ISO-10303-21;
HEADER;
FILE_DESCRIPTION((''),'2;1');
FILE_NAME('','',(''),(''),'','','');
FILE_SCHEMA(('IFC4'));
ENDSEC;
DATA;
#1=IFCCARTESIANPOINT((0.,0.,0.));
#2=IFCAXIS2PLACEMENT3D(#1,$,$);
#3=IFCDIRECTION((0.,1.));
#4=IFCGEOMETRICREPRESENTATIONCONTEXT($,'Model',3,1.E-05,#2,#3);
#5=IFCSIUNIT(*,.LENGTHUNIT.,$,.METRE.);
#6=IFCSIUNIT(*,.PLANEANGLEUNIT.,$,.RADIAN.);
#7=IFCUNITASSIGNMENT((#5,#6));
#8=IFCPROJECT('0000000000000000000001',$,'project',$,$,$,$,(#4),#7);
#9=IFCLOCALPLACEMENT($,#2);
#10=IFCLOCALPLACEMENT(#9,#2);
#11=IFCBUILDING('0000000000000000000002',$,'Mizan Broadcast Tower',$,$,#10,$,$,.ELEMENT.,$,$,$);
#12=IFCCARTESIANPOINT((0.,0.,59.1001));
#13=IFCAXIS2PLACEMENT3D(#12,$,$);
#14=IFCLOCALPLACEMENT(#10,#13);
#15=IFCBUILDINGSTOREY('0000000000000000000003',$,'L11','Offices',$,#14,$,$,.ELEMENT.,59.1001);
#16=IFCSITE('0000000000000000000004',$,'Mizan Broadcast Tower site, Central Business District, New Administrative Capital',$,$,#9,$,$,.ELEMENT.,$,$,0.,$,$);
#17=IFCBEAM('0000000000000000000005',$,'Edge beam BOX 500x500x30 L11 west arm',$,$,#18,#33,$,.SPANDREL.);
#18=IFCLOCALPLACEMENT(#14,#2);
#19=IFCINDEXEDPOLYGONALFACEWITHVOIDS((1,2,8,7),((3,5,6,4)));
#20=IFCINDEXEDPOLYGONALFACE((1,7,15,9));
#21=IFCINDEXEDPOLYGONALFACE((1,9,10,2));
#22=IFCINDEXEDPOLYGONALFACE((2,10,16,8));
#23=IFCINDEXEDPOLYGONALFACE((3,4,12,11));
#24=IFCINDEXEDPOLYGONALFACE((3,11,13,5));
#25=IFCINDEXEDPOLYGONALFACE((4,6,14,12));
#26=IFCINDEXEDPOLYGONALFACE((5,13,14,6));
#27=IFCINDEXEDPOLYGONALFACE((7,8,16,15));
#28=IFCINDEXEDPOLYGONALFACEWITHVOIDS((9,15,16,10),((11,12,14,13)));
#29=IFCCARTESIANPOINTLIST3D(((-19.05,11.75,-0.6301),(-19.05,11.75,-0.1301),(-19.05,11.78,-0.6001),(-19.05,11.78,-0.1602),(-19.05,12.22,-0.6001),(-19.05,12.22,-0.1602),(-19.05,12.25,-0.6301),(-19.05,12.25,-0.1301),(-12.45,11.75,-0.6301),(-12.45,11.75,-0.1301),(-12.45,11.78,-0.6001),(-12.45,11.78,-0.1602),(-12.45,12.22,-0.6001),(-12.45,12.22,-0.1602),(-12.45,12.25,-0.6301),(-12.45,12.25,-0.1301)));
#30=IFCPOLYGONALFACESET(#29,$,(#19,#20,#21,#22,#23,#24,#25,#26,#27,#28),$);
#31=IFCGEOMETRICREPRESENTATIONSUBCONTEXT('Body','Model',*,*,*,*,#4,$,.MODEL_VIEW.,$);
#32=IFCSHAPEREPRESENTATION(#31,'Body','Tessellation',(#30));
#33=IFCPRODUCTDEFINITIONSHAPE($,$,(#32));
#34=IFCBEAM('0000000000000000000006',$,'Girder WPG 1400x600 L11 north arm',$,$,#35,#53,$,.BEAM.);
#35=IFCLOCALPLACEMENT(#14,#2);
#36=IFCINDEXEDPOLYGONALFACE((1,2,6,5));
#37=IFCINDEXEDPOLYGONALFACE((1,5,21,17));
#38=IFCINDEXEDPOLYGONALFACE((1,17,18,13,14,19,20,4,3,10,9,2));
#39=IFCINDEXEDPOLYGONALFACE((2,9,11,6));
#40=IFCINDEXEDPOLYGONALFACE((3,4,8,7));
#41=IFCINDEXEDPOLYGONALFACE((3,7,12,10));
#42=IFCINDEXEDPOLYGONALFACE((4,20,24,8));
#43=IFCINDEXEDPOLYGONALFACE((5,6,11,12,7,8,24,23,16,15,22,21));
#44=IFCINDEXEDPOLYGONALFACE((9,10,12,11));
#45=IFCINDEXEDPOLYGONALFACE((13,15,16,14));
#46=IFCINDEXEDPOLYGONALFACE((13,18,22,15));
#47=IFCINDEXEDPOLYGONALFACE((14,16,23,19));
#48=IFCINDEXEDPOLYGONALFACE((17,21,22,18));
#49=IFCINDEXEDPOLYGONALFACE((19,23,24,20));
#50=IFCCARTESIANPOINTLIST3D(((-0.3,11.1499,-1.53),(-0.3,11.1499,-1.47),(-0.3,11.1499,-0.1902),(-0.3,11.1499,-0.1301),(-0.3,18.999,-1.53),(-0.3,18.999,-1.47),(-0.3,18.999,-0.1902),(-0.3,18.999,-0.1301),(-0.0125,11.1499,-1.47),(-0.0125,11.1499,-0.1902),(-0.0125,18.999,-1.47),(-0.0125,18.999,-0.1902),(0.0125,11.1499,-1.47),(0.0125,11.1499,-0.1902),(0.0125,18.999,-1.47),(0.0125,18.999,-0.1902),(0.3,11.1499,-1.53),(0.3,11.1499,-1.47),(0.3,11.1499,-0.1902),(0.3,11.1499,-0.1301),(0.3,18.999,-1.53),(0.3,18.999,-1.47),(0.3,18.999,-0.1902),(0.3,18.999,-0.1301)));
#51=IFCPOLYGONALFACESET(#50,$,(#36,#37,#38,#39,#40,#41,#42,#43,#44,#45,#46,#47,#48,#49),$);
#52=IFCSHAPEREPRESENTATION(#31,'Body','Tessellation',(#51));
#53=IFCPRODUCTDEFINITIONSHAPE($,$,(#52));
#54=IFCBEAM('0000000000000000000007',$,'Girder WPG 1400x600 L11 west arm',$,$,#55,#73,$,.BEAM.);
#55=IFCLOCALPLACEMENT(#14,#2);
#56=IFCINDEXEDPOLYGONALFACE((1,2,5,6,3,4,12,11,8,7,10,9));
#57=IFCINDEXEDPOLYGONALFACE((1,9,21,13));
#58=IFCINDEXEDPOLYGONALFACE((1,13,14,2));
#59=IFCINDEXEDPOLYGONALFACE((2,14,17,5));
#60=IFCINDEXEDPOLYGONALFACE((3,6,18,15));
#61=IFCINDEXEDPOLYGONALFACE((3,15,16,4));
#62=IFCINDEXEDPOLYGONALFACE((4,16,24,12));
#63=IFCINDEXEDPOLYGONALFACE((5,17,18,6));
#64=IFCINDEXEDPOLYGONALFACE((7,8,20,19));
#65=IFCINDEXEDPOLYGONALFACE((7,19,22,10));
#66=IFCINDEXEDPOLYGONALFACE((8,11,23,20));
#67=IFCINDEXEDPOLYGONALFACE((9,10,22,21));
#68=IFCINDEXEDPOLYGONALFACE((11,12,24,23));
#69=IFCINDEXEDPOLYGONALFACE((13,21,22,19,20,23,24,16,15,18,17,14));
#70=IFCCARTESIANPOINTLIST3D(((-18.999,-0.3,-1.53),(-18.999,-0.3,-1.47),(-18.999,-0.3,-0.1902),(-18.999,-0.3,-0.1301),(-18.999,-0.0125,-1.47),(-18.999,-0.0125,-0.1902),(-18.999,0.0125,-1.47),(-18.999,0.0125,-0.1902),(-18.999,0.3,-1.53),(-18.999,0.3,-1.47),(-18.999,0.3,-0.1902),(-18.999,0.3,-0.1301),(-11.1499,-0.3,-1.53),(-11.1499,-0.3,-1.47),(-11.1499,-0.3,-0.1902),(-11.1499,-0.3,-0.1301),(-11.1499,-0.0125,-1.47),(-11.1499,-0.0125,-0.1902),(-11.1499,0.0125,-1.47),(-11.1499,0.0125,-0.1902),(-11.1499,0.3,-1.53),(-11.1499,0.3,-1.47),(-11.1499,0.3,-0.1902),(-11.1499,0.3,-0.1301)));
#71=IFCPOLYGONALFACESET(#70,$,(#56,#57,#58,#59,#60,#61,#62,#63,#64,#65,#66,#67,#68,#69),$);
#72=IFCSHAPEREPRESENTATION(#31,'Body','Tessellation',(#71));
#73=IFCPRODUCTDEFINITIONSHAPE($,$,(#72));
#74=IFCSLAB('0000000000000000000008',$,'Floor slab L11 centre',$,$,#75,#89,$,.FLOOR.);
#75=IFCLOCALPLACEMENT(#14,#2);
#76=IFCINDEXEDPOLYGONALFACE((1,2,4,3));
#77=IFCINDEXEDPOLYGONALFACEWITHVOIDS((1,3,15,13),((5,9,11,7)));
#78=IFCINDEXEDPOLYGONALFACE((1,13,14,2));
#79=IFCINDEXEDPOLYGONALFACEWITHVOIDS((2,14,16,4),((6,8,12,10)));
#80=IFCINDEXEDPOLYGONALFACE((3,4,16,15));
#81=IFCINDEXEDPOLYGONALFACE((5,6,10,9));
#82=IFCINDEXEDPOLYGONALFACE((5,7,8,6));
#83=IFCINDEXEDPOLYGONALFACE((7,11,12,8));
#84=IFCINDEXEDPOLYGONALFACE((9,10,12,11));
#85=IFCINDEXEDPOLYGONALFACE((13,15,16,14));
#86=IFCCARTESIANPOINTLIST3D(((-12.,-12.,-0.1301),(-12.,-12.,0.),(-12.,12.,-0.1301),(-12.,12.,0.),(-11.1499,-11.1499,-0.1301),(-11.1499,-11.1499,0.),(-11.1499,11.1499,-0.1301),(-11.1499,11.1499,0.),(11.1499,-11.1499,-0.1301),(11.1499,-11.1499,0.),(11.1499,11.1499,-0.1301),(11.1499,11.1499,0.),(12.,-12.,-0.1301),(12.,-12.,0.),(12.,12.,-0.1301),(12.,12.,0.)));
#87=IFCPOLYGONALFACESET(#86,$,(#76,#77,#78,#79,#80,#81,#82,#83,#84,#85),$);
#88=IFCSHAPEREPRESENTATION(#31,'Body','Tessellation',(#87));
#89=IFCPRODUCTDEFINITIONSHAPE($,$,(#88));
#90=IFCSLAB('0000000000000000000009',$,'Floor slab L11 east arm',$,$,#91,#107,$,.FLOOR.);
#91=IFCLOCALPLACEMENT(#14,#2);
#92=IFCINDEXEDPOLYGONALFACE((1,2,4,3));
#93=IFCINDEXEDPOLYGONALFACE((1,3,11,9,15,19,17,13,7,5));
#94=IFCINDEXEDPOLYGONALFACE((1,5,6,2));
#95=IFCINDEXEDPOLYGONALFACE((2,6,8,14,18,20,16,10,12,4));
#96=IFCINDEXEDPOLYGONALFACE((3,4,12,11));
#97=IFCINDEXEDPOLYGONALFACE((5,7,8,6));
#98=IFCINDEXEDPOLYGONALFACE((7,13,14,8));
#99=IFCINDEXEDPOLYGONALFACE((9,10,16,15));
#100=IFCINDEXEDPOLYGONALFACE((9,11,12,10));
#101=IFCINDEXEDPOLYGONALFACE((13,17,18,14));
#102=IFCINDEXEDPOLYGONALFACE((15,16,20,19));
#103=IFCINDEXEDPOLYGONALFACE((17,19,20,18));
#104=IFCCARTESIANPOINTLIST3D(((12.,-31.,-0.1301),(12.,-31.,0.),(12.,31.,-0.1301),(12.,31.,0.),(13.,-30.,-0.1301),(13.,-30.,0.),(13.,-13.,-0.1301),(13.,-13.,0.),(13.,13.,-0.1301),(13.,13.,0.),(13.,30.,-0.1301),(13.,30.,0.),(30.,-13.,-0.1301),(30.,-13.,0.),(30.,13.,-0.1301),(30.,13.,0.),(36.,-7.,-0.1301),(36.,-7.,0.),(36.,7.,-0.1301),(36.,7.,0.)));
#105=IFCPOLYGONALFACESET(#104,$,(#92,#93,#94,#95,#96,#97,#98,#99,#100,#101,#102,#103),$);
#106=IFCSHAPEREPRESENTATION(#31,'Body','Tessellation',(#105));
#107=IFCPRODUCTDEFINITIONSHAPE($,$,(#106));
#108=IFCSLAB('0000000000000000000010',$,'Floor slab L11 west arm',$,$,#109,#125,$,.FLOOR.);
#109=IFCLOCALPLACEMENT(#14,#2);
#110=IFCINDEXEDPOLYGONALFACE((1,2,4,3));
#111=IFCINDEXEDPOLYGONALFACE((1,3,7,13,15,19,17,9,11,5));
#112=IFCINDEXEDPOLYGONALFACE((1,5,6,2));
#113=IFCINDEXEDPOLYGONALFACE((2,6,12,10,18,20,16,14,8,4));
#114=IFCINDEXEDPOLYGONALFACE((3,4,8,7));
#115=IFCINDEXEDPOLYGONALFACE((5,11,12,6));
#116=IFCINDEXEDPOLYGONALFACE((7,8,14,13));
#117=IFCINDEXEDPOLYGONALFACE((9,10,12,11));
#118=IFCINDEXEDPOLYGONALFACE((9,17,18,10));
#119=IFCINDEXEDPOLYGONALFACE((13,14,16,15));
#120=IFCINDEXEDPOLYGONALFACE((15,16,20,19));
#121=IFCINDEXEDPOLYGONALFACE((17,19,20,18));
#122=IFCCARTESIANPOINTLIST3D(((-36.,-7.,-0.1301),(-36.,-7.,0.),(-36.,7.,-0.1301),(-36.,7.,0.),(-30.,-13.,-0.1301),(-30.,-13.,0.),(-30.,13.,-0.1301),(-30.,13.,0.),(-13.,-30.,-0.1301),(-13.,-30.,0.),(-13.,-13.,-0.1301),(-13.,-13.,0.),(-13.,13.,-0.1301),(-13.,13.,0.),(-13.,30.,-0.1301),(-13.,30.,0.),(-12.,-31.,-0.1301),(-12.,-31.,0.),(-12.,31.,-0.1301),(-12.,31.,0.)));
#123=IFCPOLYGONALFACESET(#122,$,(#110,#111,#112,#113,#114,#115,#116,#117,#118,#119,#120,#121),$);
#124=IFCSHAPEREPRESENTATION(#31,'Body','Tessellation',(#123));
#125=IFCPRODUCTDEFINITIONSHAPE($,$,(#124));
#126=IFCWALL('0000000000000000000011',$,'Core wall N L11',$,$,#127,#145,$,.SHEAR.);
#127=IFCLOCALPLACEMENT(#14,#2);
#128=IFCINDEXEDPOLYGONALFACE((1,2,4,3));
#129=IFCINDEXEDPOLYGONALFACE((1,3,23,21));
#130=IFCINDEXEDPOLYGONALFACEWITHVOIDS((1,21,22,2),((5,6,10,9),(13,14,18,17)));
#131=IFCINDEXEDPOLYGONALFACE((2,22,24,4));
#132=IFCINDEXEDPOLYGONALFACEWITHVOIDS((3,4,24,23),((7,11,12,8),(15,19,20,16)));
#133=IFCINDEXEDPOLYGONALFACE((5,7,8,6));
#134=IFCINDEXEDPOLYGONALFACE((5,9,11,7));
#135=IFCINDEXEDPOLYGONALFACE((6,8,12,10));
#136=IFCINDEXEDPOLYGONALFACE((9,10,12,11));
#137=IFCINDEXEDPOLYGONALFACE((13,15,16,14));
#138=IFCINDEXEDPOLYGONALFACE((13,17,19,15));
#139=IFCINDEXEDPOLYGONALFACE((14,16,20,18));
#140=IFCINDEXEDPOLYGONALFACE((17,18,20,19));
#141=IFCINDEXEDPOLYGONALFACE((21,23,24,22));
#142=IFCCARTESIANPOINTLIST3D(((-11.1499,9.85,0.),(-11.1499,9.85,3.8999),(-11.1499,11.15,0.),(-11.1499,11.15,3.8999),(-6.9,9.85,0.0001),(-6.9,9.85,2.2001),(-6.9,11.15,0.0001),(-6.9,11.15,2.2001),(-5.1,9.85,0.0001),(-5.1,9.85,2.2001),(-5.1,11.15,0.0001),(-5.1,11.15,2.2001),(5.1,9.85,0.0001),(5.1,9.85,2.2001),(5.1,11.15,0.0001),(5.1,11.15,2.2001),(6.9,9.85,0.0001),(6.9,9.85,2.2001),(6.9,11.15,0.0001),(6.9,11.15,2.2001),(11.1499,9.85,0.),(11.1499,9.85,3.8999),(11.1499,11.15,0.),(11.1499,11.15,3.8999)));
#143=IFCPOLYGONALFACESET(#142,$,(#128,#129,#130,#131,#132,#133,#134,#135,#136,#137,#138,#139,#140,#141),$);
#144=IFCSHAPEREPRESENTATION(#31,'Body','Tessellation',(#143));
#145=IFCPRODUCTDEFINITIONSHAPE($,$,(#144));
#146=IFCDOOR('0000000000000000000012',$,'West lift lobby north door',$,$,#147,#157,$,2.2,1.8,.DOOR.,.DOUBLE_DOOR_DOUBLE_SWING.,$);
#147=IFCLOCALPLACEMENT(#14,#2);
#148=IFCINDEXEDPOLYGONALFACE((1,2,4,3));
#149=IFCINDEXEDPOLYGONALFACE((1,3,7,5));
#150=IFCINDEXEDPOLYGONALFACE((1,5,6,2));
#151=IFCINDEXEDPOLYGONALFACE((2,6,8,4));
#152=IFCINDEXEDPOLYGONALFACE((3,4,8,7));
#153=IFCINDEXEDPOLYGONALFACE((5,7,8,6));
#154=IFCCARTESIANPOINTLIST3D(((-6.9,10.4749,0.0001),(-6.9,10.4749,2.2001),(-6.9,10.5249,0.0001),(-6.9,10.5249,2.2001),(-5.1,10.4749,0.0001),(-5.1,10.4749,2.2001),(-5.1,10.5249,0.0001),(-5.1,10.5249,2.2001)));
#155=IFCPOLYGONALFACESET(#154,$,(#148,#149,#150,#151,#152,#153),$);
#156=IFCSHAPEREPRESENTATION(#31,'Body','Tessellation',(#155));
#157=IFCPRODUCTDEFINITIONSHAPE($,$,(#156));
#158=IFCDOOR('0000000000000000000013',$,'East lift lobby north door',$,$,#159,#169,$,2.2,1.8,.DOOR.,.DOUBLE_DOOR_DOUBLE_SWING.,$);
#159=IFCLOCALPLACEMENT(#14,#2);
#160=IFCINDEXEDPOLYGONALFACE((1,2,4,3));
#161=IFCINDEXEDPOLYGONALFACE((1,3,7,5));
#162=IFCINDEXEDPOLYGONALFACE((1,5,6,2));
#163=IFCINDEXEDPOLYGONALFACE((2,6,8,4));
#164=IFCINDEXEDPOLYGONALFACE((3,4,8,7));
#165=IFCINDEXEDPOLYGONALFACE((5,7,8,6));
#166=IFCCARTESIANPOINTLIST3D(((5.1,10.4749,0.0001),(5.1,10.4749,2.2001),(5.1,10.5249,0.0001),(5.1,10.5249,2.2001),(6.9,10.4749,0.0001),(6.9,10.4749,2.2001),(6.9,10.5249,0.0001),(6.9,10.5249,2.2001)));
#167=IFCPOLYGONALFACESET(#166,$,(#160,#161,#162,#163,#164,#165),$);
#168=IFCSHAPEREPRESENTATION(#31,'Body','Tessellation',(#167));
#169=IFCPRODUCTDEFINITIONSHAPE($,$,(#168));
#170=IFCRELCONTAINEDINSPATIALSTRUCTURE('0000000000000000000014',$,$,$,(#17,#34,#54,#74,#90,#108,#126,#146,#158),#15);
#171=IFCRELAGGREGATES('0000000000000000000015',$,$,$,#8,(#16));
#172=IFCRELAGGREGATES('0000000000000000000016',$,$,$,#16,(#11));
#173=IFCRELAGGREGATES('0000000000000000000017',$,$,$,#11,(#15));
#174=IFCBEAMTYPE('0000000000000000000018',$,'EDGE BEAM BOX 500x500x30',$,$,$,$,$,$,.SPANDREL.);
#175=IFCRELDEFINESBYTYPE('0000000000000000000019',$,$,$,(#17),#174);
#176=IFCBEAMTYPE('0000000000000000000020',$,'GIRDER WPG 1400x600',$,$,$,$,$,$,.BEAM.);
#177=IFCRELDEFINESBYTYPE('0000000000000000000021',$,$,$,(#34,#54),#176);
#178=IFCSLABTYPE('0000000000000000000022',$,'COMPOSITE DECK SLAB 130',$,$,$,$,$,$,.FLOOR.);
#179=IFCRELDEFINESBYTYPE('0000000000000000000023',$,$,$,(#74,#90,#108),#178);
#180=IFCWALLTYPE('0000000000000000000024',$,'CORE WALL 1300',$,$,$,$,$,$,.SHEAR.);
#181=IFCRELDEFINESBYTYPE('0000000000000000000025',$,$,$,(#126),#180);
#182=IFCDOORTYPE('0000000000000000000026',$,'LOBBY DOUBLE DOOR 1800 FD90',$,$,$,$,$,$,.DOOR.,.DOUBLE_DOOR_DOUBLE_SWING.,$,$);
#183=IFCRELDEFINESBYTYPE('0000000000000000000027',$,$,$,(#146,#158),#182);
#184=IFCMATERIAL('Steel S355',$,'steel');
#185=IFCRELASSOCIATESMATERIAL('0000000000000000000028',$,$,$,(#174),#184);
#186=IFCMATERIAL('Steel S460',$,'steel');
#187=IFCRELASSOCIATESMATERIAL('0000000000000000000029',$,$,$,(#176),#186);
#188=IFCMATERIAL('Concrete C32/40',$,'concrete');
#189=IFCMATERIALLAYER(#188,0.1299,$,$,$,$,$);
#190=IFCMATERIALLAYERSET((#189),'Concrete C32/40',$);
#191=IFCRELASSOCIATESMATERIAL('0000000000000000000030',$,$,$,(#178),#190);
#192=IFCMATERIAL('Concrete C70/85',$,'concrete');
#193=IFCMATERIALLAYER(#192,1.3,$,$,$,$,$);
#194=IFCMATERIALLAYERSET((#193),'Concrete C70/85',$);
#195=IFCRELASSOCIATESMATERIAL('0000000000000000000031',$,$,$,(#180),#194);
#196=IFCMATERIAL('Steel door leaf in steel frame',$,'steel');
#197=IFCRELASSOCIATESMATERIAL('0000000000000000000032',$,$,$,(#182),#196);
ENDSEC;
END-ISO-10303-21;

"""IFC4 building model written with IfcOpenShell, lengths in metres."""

from ifc_helpers import new_model, si_unit, direction, frame, frame_2d, origin, origin_2d, place, context, subcontext, project, spatial, polyline, rectangle, hollow_rectangle, i_section, outline, extrude, material, layer, layer_set, material_profile, profile_set, type_object, element, fill, save


model = new_model("IFC4")

# Units and contexts
model_context = context("Model", 3, precision=1e-05, world=origin(), true_north=direction((0.0, 1.0)))
body_context = subcontext(model_context, "Body", "Model", "MODEL_VIEW")
ifc_project = project(units=[si_unit("LENGTHUNIT", "METRE"), si_unit("PLANEANGLEUNIT", "RADIAN")], contexts=[model_context])

# Site, building, storey
site_placement = place(None, origin())
site = spatial("IfcSite", under=ifc_project, at=site_placement, Name="Mizan Broadcast Tower site, Central Business District, New Administrative Capital", CompositionType="ELEMENT", RefElevation=0.0)
building_placement = place(site_placement, origin())
building = spatial("IfcBuilding", under=site, at=building_placement, Name="Mizan Broadcast Tower", CompositionType="ELEMENT")
storey_placement = place(building_placement, frame((0.0, 0.0, 59.1001)))
storey = spatial("IfcBuildingStorey", under=building, at=storey_placement, Name="L11", Description="Offices", CompositionType="ELEMENT", Elevation=59.1001)

# Beams
ifc_material_1 = material(Name="Steel S355", Category="steel")
ifc_material_profile_1 = material_profile(ifc_material_1, hollow_rectangle(XDim=0.5, YDim=0.5, WallThickness=0.03, at=origin_2d()), Name="BOX 500x500x30")
ifc_profile_set_1 = profile_set([ifc_material_profile_1], Name="Steel S355")
beam_type_1 = type_object("IfcBeamType", Name="EDGE BEAM BOX 500x500x30", PredefinedType="SPANDREL", material=ifc_profile_set_1)
beam_placement = place(storey_placement, frame((-12.45, 12.0, -0.3801), z_axis=(-1.0, 0.0, 0.0), x_axis=(0.0, -1.0, 0.0)))
element("IfcBeam", 1, at=beam_placement, inside=storey, type_object=beam_type_1, Name="Edge beam BOX 500x500x30 L11 west arm", PredefinedType="SPANDREL", context=body_context, shape_type="SweptSolid", body=[
    extrude(hollow_rectangle(XDim=0.5, YDim=0.5, WallThickness=0.03, at=origin_2d()), origin(), (0.0, 0.0, 1.0), 6.6001),
])
ifc_material_2 = material(Name="Steel S460", Category="steel")
ifc_material_profile_2 = material_profile(ifc_material_2, i_section(OverallWidth=0.6001, OverallDepth=1.3999, WebThickness=0.0249, FlangeThickness=0.0601, at=origin_2d()), Name="WPG 1400x600")
ifc_profile_set_2 = profile_set([ifc_material_profile_2], Name="Steel S460")
beam_type_2 = type_object("IfcBeamType", Name="GIRDER WPG 1400x600", PredefinedType="BEAM", material=ifc_profile_set_2)
for number, where, z_axis, x_axis, name in (
    (2, (0.0, 11.1499, -0.8301), (0.0, 1.0, 0.0), (-1.0, 0.0, 0.0), "Girder WPG 1400x600 L11 north arm"),
    (3, (-11.1499, 0.0, -0.8301), (-1.0, 0.0, 0.0), (0.0, -1.0, 0.0), "Girder WPG 1400x600 L11 west arm"),
):
    element("IfcBeam", number, at=place(storey_placement, frame(where, z_axis=z_axis, x_axis=x_axis)), inside=storey, type_object=beam_type_2, Name=name, PredefinedType="BEAM", context=body_context, shape_type="SweptSolid", body=[
        extrude(i_section(OverallWidth=0.6001, OverallDepth=1.3999, WebThickness=0.0249, FlangeThickness=0.0601, at=origin_2d()), origin(), (0.0, 0.0, 1.0), 7.8491),
    ])

# Slabs
ifc_material_3 = material(Name="Concrete C32/40", Category="concrete")
ifc_layer_1 = layer(ifc_material_3, 0.1299)
ifc_layer_set_1 = layer_set([ifc_layer_1], Name="Concrete C32/40")
slab_type = type_object("IfcSlabType", Name="COMPOSITE DECK SLAB 130", PredefinedType="FLOOR", material=ifc_layer_set_1)
slab_1_placement = place(storey_placement, frame((0.0, 0.0, -0.1301)))
element("IfcSlab", 4, at=slab_1_placement, inside=storey, type_object=slab_type, Name="Floor slab L11 centre", PredefinedType="FLOOR", context=body_context, shape_type="SweptSolid", body=[
    extrude(outline(polyline([(-12.0, -12.0), (12.0, -12.0), (12.0, 12.0), (-12.0, 12.0), (-12.0, -12.0)]), holes=[polyline([(-11.1499, 11.1499), (11.1499, 11.1499), (11.1499, -11.1499), (-11.1499, -11.1499), (-11.1499, 11.1499)])]), origin(), (0.0, 0.0, 1.0), 0.1301),
])
slab_2_placement = place(storey_placement, frame((0.0, 0.0, -0.1301)))
element("IfcSlab", 5, at=slab_2_placement, inside=storey, type_object=slab_type, Name="Floor slab L11 east arm", PredefinedType="FLOOR", context=body_context, shape_type="SweptSolid", body=[
    extrude(outline(polyline([(12.0, -31.0), (13.0, -30.0), (13.0, -13.0), (30.0, -13.0), (36.0, -7.0), (36.0, 7.0), (30.0, 13.0), (13.0, 13.0), (13.0, 30.0), (12.0, 31.0), (12.0, -31.0)])), origin(), (0.0, 0.0, 1.0), 0.1301),
])
slab_3_placement = place(storey_placement, frame((0.0, 0.0, -0.1301)))
element("IfcSlab", 6, at=slab_3_placement, inside=storey, type_object=slab_type, Name="Floor slab L11 west arm", PredefinedType="FLOOR", context=body_context, shape_type="SweptSolid", body=[
    extrude(outline(polyline([(-13.0, -30.0), (-12.0, -31.0), (-12.0, 31.0), (-13.0, 30.0), (-13.0, 13.0), (-30.0, 13.0), (-36.0, 7.0), (-36.0, -7.0), (-30.0, -13.0), (-13.0, -13.0), (-13.0, -30.0)])), origin(), (0.0, 0.0, 1.0), 0.1301),
])

# Wall, openings, doors
ifc_material_4 = material(Name="Concrete C70/85", Category="concrete")
ifc_layer_2 = layer(ifc_material_4, 1.3)
ifc_layer_set_2 = layer_set([ifc_layer_2], Name="Concrete C70/85")
wall_type_1 = type_object("IfcWallType", Name="CORE WALL 1300", PredefinedType="SHEAR", material=ifc_layer_set_2)
wall_1_placement = place(storey_placement, frame((-11.1499, 10.5, 0.0), z_axis=(0.0, 0.0, 1.0), x_axis=(1.0, 0.0, 0.0)))
wall_1 = element("IfcWall", 7, at=wall_1_placement, inside=storey, type_object=wall_type_1, Name="Core wall N L11", PredefinedType="SHEAR", context=body_context, shape_type="SweptSolid", body=[
    extrude(rectangle(XDim=22.2998, YDim=1.3, at=frame_2d((11.1499, 0.0))), origin(), (0.0, 0.0, 1.0), 3.8999),
])
opening_1_placement = place(wall_1_placement, frame((4.25, 0.0, 0.0)))
opening_1 = element("IfcOpeningElement", 8, at=opening_1_placement, cuts=wall_1, PredefinedType="OPENING", context=body_context, shape_type="SweptSolid", body=[
    extrude(rectangle(XDim=1.8, YDim=2.2, at=frame_2d((0.8999, 1.1001))), frame((0.0, 0.6599, 0.0), z_axis=(0.0, -1.0, 0.0), x_axis=(1.0, 0.0, 0.0)), (0.0, 0.0, 1.0), 1.3201),
])
opening_2_placement = place(wall_1_placement, frame((16.25, 0.0, 0.0)))
opening_2 = element("IfcOpeningElement", 9, at=opening_2_placement, cuts=wall_1, PredefinedType="OPENING", context=body_context, shape_type="SweptSolid", body=[
    extrude(rectangle(XDim=1.8, YDim=2.2, at=frame_2d((0.8999, 1.1001))), frame((0.0, 0.6599, 0.0), z_axis=(0.0, -1.0, 0.0), x_axis=(1.0, 0.0, 0.0)), (0.0, 0.0, 1.0), 1.3201),
])
ifc_material_5 = material(Name="Steel door leaf in steel frame", Category="steel")
door_type_1 = type_object("IfcDoorType", Name="LOBBY DOUBLE DOOR 1800 FD90", OperationType="DOUBLE_DOOR_DOUBLE_SWING", PredefinedType="DOOR", material=ifc_material_5)
door_1_placement = place(opening_1_placement, origin())
door_1 = element("IfcDoor", 10, at=door_1_placement, inside=storey, type_object=door_type_1, Name="West lift lobby north door", OperationType="DOUBLE_DOOR_DOUBLE_SWING", OverallHeight=2.2, OverallWidth=1.8, PredefinedType="DOOR", context=body_context, shape_type="SweptSolid", body=[
    extrude(rectangle(XDim=1.8, YDim=2.2, at=frame_2d((0.8999, 1.1001))), frame((0.0, 0.0249, 0.0), z_axis=(0.0, -1.0, 0.0), x_axis=(1.0, 0.0, 0.0)), (0.0, 0.0, 1.0), 0.05),
])
fill(opening_1, door_1)
door_2_placement = place(opening_2_placement, origin())
door_2 = element("IfcDoor", 11, at=door_2_placement, inside=storey, type_object=door_type_1, Name="East lift lobby north door", OperationType="DOUBLE_DOOR_DOUBLE_SWING", OverallHeight=2.2, OverallWidth=1.8, PredefinedType="DOOR", context=body_context, shape_type="SweptSolid", body=[
    extrude(rectangle(XDim=1.8, YDim=2.2, at=frame_2d((0.8999, 1.1001))), frame((0.0, 0.0249, 0.0), z_axis=(0.0, -1.0, 0.0), x_axis=(1.0, 0.0, 0.0)), (0.0, 0.0, 1.0), 0.05),
])
fill(opening_2, door_2)

save(model, "model.ifc")
